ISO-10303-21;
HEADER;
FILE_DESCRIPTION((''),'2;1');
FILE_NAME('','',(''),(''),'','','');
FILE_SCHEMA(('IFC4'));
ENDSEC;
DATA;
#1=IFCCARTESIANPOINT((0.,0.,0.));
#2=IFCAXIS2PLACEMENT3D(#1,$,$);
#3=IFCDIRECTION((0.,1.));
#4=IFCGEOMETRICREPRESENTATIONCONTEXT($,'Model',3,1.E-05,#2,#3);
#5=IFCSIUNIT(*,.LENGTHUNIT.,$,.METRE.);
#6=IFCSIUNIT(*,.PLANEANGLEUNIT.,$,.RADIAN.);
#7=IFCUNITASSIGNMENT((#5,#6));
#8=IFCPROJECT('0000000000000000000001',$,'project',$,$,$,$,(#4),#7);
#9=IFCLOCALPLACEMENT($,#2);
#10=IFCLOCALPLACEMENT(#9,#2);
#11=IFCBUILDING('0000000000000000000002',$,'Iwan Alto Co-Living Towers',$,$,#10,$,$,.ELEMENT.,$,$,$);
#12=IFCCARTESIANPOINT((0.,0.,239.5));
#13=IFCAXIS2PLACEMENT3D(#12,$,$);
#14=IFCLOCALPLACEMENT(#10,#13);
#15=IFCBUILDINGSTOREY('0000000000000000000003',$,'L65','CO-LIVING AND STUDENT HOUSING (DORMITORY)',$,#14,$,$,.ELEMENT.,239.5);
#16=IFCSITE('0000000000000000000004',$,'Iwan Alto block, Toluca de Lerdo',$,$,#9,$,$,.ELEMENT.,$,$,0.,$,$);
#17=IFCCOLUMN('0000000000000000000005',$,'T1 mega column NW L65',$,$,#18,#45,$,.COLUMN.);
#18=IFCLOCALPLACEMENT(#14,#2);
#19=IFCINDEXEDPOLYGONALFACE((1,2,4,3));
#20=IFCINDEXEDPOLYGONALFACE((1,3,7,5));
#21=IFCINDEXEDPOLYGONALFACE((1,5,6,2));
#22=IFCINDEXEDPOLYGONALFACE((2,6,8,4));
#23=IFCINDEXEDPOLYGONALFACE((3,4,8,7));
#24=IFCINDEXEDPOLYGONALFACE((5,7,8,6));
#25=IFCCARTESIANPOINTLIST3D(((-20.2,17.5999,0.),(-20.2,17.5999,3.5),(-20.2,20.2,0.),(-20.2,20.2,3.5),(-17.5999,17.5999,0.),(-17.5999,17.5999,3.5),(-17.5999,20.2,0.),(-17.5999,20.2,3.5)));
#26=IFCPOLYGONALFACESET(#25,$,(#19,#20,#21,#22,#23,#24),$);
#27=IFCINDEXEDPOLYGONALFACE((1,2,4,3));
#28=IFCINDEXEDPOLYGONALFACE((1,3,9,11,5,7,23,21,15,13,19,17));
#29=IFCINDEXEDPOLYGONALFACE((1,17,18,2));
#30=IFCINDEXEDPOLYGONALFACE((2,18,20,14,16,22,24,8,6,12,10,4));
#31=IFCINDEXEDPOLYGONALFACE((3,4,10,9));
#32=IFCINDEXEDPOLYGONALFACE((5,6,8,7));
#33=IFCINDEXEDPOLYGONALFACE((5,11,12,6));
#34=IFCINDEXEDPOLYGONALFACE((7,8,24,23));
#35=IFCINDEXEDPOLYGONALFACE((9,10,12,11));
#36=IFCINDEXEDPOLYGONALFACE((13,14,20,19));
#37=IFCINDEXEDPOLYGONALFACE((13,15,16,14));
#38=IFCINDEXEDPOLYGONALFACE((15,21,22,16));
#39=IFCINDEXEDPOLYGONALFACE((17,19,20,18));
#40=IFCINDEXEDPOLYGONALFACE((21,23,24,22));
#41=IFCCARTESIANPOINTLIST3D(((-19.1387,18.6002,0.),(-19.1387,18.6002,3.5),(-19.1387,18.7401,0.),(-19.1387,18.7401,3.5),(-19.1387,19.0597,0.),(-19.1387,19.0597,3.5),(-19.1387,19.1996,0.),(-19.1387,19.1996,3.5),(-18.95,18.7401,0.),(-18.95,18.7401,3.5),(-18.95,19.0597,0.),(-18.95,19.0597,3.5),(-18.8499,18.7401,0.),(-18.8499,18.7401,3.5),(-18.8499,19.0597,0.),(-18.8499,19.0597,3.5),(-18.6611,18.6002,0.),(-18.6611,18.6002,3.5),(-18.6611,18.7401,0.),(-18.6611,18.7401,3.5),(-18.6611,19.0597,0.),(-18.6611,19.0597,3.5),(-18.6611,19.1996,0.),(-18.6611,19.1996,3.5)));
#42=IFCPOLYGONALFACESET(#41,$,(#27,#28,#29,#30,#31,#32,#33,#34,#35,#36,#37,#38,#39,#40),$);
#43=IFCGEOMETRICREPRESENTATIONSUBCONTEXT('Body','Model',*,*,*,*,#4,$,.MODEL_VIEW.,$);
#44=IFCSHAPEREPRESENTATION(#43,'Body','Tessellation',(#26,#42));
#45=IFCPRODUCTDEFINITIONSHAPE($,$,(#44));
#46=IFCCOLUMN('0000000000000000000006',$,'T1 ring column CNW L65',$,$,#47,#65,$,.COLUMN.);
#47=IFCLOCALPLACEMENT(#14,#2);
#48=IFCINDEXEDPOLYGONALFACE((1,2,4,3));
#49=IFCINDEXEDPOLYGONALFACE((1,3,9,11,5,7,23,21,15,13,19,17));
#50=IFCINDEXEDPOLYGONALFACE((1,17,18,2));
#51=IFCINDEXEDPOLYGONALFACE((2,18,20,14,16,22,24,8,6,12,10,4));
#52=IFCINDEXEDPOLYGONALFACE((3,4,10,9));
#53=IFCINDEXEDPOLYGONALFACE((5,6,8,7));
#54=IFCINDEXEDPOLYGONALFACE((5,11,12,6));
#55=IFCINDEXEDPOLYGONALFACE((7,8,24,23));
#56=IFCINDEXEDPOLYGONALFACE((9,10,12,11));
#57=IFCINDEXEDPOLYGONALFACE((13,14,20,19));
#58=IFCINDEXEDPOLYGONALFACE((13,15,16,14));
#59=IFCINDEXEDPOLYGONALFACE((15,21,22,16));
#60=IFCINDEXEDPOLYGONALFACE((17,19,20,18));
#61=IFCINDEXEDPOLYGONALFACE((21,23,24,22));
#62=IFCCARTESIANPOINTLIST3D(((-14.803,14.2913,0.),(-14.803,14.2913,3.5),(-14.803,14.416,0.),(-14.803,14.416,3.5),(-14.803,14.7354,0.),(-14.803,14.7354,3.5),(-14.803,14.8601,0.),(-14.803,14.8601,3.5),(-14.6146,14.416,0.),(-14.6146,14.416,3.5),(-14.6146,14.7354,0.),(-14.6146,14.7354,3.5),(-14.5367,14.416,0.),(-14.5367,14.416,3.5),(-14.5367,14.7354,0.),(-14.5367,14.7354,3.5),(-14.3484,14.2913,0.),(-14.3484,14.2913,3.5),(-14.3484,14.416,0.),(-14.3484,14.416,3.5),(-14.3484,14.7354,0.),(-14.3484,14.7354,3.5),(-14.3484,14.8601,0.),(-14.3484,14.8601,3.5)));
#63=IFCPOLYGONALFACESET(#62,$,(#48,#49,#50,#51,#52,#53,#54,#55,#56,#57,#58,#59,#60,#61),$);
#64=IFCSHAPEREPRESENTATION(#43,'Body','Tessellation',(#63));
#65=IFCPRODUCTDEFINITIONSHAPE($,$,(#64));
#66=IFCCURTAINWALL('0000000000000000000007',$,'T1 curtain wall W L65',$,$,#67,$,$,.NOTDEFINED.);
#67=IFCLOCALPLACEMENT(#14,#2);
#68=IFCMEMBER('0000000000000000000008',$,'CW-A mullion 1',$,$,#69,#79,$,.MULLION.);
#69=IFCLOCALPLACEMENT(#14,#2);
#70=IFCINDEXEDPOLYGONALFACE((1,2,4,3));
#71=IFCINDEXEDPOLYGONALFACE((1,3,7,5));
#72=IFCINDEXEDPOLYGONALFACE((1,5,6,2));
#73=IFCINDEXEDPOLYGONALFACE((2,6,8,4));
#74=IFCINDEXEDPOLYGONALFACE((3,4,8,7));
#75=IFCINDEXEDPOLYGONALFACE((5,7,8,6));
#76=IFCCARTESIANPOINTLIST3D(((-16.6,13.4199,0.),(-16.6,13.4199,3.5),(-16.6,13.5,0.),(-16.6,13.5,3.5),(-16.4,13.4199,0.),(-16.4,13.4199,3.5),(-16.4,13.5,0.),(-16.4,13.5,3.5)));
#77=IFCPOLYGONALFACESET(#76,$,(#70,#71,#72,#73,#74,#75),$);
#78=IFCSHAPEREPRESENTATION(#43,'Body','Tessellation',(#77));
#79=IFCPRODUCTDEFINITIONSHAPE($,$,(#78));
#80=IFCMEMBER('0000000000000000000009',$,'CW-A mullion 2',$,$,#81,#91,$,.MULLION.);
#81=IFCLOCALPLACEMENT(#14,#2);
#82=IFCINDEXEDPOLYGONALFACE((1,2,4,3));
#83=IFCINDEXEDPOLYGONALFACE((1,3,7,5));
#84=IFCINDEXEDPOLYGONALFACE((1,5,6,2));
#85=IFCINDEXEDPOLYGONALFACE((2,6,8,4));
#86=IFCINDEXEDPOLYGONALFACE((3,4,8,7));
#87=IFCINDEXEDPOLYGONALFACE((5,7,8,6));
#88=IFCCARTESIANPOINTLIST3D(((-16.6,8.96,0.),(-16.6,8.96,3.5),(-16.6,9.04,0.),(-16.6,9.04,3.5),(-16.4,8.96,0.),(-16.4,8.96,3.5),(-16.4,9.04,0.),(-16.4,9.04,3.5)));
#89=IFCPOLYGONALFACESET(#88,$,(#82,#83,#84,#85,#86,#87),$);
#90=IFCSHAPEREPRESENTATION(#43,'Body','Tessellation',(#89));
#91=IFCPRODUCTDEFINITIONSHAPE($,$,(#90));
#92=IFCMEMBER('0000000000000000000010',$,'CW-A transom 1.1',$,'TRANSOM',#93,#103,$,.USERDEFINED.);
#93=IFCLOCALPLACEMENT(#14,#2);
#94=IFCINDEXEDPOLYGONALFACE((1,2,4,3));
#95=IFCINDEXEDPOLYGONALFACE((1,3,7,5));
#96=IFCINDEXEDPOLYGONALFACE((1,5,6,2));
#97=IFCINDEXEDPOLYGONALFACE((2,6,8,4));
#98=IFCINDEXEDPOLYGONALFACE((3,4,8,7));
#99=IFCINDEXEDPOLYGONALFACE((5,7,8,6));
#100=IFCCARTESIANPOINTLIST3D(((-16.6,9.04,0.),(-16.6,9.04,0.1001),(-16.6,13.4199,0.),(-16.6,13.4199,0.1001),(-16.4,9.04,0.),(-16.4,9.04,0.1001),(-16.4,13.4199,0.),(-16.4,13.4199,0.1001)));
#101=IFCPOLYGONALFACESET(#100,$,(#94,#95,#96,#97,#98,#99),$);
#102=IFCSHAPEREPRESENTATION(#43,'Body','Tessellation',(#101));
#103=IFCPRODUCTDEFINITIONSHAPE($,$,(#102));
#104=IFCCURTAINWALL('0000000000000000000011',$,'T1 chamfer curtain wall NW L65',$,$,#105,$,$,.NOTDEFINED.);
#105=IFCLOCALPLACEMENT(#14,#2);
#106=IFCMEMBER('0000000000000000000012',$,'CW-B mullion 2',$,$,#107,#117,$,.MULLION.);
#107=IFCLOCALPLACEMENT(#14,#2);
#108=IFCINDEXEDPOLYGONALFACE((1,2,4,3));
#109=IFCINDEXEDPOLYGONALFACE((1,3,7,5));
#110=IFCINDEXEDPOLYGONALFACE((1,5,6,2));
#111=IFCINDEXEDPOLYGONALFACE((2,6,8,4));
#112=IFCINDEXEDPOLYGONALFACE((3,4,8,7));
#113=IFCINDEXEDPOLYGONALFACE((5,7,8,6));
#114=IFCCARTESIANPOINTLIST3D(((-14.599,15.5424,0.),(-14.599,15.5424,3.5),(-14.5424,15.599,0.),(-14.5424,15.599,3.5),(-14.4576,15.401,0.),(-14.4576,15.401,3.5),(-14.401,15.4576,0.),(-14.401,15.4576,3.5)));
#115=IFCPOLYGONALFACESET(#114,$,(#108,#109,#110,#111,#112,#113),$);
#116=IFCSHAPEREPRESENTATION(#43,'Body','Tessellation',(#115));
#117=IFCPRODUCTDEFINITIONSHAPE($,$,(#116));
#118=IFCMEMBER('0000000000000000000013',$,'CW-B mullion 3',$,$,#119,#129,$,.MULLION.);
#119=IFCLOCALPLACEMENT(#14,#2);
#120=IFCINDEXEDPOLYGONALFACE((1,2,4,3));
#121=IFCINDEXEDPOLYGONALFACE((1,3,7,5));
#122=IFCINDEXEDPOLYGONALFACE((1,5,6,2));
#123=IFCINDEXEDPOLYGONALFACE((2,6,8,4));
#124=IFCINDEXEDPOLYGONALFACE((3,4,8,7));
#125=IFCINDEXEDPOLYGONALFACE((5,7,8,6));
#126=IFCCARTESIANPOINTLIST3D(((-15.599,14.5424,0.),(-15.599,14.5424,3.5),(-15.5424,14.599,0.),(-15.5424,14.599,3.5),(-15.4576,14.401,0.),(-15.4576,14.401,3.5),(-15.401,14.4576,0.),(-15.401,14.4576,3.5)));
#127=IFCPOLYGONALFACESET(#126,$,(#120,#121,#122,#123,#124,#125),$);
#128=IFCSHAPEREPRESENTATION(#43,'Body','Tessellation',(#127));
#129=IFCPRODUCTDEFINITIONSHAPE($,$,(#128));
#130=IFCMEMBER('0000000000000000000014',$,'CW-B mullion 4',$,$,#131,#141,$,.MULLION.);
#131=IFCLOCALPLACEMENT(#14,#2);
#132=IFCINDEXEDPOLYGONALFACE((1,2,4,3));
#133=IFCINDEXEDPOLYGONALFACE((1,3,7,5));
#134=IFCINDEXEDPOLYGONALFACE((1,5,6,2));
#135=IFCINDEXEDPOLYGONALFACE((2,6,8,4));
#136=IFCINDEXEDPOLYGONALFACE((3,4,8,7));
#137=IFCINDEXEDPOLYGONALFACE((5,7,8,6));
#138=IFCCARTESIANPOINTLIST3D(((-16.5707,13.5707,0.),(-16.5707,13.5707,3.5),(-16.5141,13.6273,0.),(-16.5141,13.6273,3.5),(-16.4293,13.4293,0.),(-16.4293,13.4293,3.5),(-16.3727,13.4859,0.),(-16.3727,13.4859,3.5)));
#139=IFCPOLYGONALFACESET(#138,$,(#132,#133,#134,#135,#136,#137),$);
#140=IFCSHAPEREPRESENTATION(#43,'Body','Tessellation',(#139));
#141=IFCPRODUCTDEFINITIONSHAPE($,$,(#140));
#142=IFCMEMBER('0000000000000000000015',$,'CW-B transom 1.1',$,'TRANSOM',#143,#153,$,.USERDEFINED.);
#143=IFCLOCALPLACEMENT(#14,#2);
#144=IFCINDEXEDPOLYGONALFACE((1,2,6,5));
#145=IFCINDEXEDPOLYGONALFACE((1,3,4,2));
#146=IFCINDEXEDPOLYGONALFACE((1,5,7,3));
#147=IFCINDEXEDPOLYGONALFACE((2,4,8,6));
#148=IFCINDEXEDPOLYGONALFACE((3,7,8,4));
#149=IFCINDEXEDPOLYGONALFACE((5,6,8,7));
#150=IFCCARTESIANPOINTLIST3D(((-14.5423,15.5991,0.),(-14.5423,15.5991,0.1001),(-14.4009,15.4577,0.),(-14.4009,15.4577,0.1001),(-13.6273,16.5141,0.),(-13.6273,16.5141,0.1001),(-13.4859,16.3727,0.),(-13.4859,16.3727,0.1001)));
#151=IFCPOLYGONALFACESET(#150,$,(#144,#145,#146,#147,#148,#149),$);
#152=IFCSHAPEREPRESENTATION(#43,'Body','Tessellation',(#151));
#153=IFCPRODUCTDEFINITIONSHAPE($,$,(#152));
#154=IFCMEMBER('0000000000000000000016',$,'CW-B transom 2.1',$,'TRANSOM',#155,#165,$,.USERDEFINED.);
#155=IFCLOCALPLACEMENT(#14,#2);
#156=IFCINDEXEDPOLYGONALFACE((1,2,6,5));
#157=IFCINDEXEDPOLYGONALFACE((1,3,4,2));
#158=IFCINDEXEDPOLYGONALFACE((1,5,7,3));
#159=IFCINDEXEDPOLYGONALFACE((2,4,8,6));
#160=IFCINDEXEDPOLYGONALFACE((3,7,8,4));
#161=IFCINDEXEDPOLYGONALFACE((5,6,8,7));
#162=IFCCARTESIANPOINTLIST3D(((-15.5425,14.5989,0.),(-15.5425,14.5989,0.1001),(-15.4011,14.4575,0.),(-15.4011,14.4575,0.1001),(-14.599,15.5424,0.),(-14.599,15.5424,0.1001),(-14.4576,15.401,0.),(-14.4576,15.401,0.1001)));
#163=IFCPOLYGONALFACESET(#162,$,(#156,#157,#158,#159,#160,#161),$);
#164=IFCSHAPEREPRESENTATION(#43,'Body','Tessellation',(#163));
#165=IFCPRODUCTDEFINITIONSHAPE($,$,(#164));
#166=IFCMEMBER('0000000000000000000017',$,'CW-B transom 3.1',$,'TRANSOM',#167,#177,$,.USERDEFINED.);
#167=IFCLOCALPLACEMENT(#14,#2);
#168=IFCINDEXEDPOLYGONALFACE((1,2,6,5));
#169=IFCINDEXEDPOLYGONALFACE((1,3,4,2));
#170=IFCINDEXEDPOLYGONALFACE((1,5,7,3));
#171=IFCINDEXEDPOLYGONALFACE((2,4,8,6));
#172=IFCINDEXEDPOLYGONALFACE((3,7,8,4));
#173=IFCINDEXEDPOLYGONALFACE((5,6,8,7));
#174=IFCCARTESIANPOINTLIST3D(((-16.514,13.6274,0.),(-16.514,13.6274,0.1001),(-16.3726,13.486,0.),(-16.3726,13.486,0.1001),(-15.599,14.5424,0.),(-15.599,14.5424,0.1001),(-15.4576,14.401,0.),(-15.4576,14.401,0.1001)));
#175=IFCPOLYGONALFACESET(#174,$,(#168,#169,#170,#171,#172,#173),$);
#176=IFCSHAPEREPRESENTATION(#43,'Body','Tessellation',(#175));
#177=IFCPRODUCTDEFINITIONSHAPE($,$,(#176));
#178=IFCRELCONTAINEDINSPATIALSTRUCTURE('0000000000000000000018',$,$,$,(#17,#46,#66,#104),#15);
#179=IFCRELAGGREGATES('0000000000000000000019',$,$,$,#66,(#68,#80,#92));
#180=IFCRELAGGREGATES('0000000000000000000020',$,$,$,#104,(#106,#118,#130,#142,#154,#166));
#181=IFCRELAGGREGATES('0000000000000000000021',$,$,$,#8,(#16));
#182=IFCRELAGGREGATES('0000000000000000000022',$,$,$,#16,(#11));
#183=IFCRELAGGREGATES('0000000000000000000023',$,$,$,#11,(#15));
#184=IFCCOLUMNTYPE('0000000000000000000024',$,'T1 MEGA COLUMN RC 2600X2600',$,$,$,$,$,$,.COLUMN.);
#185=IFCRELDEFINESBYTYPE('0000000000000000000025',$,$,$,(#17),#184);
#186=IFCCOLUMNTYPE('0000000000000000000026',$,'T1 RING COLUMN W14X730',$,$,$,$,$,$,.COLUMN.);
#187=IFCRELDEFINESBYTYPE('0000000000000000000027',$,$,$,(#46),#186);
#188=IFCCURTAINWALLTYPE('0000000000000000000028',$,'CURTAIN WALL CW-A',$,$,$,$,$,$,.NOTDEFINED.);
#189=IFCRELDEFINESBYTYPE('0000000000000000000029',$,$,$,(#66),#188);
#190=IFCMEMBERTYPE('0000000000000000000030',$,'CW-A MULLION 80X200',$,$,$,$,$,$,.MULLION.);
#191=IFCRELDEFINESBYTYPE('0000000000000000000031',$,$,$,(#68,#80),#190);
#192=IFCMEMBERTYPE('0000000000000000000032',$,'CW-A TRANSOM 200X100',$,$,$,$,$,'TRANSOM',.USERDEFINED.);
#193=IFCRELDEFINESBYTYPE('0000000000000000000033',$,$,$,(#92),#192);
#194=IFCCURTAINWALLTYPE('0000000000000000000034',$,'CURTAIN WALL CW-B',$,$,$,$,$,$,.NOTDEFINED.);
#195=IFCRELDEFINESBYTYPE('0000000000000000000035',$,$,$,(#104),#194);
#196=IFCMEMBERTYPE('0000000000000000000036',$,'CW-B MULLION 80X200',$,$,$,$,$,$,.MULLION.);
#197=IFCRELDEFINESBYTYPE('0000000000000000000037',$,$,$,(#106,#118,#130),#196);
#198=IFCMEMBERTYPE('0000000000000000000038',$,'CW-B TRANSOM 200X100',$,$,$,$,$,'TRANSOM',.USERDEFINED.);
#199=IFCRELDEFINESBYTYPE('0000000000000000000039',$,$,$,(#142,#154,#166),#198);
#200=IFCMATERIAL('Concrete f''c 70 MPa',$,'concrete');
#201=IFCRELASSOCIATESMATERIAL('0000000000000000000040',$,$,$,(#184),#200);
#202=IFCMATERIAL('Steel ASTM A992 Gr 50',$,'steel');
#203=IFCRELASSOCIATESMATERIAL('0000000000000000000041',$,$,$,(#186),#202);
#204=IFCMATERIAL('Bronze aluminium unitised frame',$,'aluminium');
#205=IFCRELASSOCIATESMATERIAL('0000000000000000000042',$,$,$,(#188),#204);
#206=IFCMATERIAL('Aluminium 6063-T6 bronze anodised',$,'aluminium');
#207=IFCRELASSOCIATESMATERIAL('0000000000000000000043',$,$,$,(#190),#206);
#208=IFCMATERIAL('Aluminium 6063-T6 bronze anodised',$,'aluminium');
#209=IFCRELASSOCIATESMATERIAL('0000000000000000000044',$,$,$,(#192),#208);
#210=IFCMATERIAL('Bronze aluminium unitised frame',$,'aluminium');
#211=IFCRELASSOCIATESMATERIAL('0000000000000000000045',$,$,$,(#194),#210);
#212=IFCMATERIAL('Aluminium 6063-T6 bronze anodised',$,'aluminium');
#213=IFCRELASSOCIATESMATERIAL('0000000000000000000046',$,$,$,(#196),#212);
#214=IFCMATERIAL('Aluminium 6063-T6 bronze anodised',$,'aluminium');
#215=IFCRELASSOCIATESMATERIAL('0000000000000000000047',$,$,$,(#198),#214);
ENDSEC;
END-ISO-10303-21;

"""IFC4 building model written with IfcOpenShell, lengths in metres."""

from ifc_helpers import new_model, si_unit, direction, frame, origin, origin_2d, place, context, subcontext, project, spatial, rectangle, i_section, extrude, material, material_profile, profile_set, type_object, element, aggregate, save


model = new_model("IFC4")

# Units and contexts
model_context = context("Model", 3, precision=1e-05, world=origin(), true_north=direction((0.0, 1.0)))
body_context = subcontext(model_context, "Body", "Model", "MODEL_VIEW")
ifc_project = project(units=[si_unit("LENGTHUNIT", "METRE"), si_unit("PLANEANGLEUNIT", "RADIAN")], contexts=[model_context])

# Site, building, storey
site_placement = place(None, origin())
site = spatial("IfcSite", under=ifc_project, at=site_placement, Name="Iwan Alto block, Toluca de Lerdo", CompositionType="ELEMENT", RefElevation=0.0)
building_placement = place(site_placement, origin())
building = spatial("IfcBuilding", under=site, at=building_placement, Name="Iwan Alto Co-Living Towers", CompositionType="ELEMENT")
storey_placement = place(building_placement, frame((0.0, 0.0, 239.5)))
storey = spatial("IfcBuildingStorey", under=building, at=storey_placement, Name="L65", Description="CO-LIVING AND STUDENT HOUSING (DORMITORY)", CompositionType="ELEMENT", Elevation=239.5)

# Columns
ifc_material_1 = material(Name="Concrete f'c 70 MPa", Category="concrete")
ifc_material_profile_1 = material_profile(ifc_material_1, rectangle(XDim=2.6001, YDim=2.6001, at=origin_2d()), Name="RC 2600X2600")
ifc_profile_set_1 = profile_set([ifc_material_profile_1], Name="Concrete f'c 70 MPa")
column_type_1 = type_object("IfcColumnType", Name="T1 MEGA COLUMN RC 2600X2600", PredefinedType="COLUMN", material=ifc_profile_set_1)
column_1_placement = place(storey_placement, frame((-18.8999, 18.8999, 0.0), z_axis=(0.0, 0.0, 1.0), x_axis=(1.0, 0.0, 0.0)))
element("IfcColumn", 1, at=column_1_placement, inside=storey, type_object=column_type_1, Name="T1 mega column NW L65", PredefinedType="COLUMN", context=body_context, shape_type="SweptSolid", body=[
    extrude(rectangle(XDim=2.6001, YDim=2.6001, at=origin_2d()), origin(), (0.0, 0.0, 1.0), 3.5),
    extrude(i_section(OverallWidth=0.4775, OverallDepth=0.5994, WebThickness=0.1001, FlangeThickness=0.1399, at=origin_2d()), origin(), (0.0, 0.0, 1.0), 3.5),
])
ifc_material_2 = material(Name="Steel ASTM A992 Gr 50", Category="steel")
ifc_material_profile_2 = material_profile(ifc_material_2, i_section(OverallWidth=0.4546, OverallDepth=0.5688, WebThickness=0.0779, FlangeThickness=0.1248, at=origin_2d()), Name="W14X730")
ifc_profile_set_2 = profile_set([ifc_material_profile_2], Name="Steel ASTM A992 Gr 50")
column_type_2 = type_object("IfcColumnType", Name="T1 RING COLUMN W14X730", PredefinedType="COLUMN", material=ifc_profile_set_2)
column_2_placement = place(storey_placement, frame((-14.5757, 14.5757, 0.0), z_axis=(0.0, 0.0, 1.0), x_axis=(1.0, 0.0, 0.0)))
element("IfcColumn", 2, at=column_2_placement, inside=storey, type_object=column_type_2, Name="T1 ring column CNW L65", PredefinedType="COLUMN", context=body_context, shape_type="SweptSolid", body=[
    extrude(i_section(OverallWidth=0.4546, OverallDepth=0.5688, WebThickness=0.0779, FlangeThickness=0.1248, at=origin_2d()), origin(), (0.0, 0.0, 1.0), 3.5),
])

# Curtain walls, members
ifc_material_3 = material(Name="Bronze aluminium unitised frame", Category="aluminium")
curtain_wall_type_1 = type_object("IfcCurtainWallType", Name="CURTAIN WALL CW-A", PredefinedType="NOTDEFINED", material=ifc_material_3)
curtain_wall_1_placement = place(storey_placement, origin())
curtain_wall_1 = element("IfcCurtainWall", 3, at=curtain_wall_1_placement, inside=storey, type_object=curtain_wall_type_1, Name="T1 curtain wall W L65", PredefinedType="NOTDEFINED")
ifc_material_4 = material(Name="Aluminium 6063-T6 bronze anodised", Category="aluminium")
ifc_material_profile_3 = material_profile(ifc_material_4, rectangle(XDim=0.2, YDim=0.0801, at=origin_2d()), Name="AL 80X200")
ifc_profile_set_3 = profile_set([ifc_material_profile_3], Name="Aluminium 6063-T6 bronze anodised")
member_type_1 = type_object("IfcMemberType", Name="CW-A MULLION 80X200", PredefinedType="MULLION", material=ifc_profile_set_3)
member_1_placement = place(storey_placement, frame((-16.5, 13.46, 0.0), z_axis=(0.0, 0.0, 1.0), x_axis=(1.0, 0.0, 0.0)))
member_1 = element("IfcMember", 4, at=member_1_placement, type_object=member_type_1, Name="CW-A mullion 1", PredefinedType="MULLION", context=body_context, shape_type="SweptSolid", body=[
    extrude(rectangle(XDim=0.2, YDim=0.0801, at=origin_2d()), origin(), (0.0, 0.0, 1.0), 3.5),
])
member_2_placement = place(storey_placement, frame((-16.5, 9.0, 0.0), z_axis=(0.0, 0.0, 1.0), x_axis=(1.0, 0.0, 0.0)))
member_2 = element("IfcMember", 5, at=member_2_placement, type_object=member_type_1, Name="CW-A mullion 2", PredefinedType="MULLION", context=body_context, shape_type="SweptSolid", body=[
    extrude(rectangle(XDim=0.2, YDim=0.0801, at=origin_2d()), origin(), (0.0, 0.0, 1.0), 3.5),
])
ifc_material_5 = material(Name="Aluminium 6063-T6 bronze anodised", Category="aluminium")
ifc_material_profile_4 = material_profile(ifc_material_5, rectangle(XDim=0.2, YDim=0.1001, at=origin_2d()), Name="AL 200X100")
ifc_profile_set_4 = profile_set([ifc_material_profile_4], Name="Aluminium 6063-T6 bronze anodised")
member_type_2 = type_object("IfcMemberType", Name="CW-A TRANSOM 200X100", ElementType="TRANSOM", PredefinedType="USERDEFINED", material=ifc_profile_set_4)
member_3_placement = place(storey_placement, frame((-16.5, 13.4199, 0.05), z_axis=(0.0, -1.0, 0.0), x_axis=(1.0, 0.0, 0.0)))
member_3 = element("IfcMember", 6, at=member_3_placement, type_object=member_type_2, Name="CW-A transom 1.1", ObjectType="TRANSOM", PredefinedType="USERDEFINED", context=body_context, shape_type="SweptSolid", body=[
    extrude(rectangle(XDim=0.2, YDim=0.1001, at=origin_2d()), origin(), (0.0, 0.0, 1.0), 4.3799),
])
ifc_material_6 = material(Name="Bronze aluminium unitised frame", Category="aluminium")
curtain_wall_type_2 = type_object("IfcCurtainWallType", Name="CURTAIN WALL CW-B", PredefinedType="NOTDEFINED", material=ifc_material_6)
curtain_wall_2_placement = place(storey_placement, origin())
curtain_wall_2 = element("IfcCurtainWall", 7, at=curtain_wall_2_placement, inside=storey, type_object=curtain_wall_type_2, Name="T1 chamfer curtain wall NW L65", PredefinedType="NOTDEFINED")
ifc_material_7 = material(Name="Aluminium 6063-T6 bronze anodised", Category="aluminium")
ifc_material_profile_5 = material_profile(ifc_material_7, rectangle(XDim=0.2, YDim=0.0801, at=origin_2d()), Name="AL 80X200")
ifc_profile_set_5 = profile_set([ifc_material_profile_5], Name="Aluminium 6063-T6 bronze anodised")
member_type_3 = type_object("IfcMemberType", Name="CW-B MULLION 80X200", PredefinedType="MULLION", material=ifc_profile_set_5)
member_4_placement = place(storey_placement, frame((-14.5, 15.5, 0.0), z_axis=(0.0, 0.0, 1.0), x_axis=(0.707107, -0.707107, 0.0)))
member_4 = element("IfcMember", 8, at=member_4_placement, type_object=member_type_3, Name="CW-B mullion 2", PredefinedType="MULLION", context=body_context, shape_type="SweptSolid", body=[
    extrude(rectangle(XDim=0.2, YDim=0.0801, at=origin_2d()), origin(), (0.0, 0.0, 1.0), 3.5),
])
member_5_placement = place(storey_placement, frame((-15.5, 14.5, 0.0), z_axis=(0.0, 0.0, 1.0), x_axis=(0.707107, -0.707107, 0.0)))
member_5 = element("IfcMember", 9, at=member_5_placement, type_object=member_type_3, Name="CW-B mullion 3", PredefinedType="MULLION", context=body_context, shape_type="SweptSolid", body=[
    extrude(rectangle(XDim=0.2, YDim=0.0801, at=origin_2d()), origin(), (0.0, 0.0, 1.0), 3.5),
])
member_6_placement = place(storey_placement, frame((-16.4717, 13.5283, 0.0), z_axis=(0.0, 0.0, 1.0), x_axis=(0.707107, -0.707107, 0.0)))
member_6 = element("IfcMember", 10, at=member_6_placement, type_object=member_type_3, Name="CW-B mullion 4", PredefinedType="MULLION", context=body_context, shape_type="SweptSolid", body=[
    extrude(rectangle(XDim=0.2, YDim=0.0801, at=origin_2d()), origin(), (0.0, 0.0, 1.0), 3.5),
])
ifc_material_8 = material(Name="Aluminium 6063-T6 bronze anodised", Category="aluminium")
ifc_material_profile_6 = material_profile(ifc_material_8, rectangle(XDim=0.2, YDim=0.1001, at=origin_2d()), Name="AL 200X100")
ifc_profile_set_6 = profile_set([ifc_material_profile_6], Name="Aluminium 6063-T6 bronze anodised")
member_type_4 = type_object("IfcMemberType", Name="CW-B TRANSOM 200X100", ElementType="TRANSOM", PredefinedType="USERDEFINED", material=ifc_profile_set_6)
member_7_placement = place(storey_placement, frame((-13.5566, 16.4434, 0.05), z_axis=(-0.707107, -0.707107, 0.0), x_axis=(0.707107, -0.707107, 0.0)))
member_7 = element("IfcMember", 11, at=member_7_placement, type_object=member_type_4, Name="CW-B transom 1.1", ObjectType="TRANSOM", PredefinedType="USERDEFINED", context=body_context, shape_type="SweptSolid", body=[
    extrude(rectangle(XDim=0.2, YDim=0.1001, at=origin_2d()), origin(), (0.0, 0.0, 1.0), 1.2939),
])
member_8_placement = place(storey_placement, frame((-14.5283, 15.4717, 0.05), z_axis=(-0.707107, -0.707107, 0.0), x_axis=(0.707107, -0.707107, 0.0)))
member_8 = element("IfcMember", 12, at=member_8_placement, type_object=member_type_4, Name="CW-B transom 2.1", ObjectType="TRANSOM", PredefinedType="USERDEFINED", context=body_context, shape_type="SweptSolid", body=[
    extrude(rectangle(XDim=0.2, YDim=0.1001, at=origin_2d()), origin(), (0.0, 0.0, 1.0), 1.3342),
])
member_9_placement = place(storey_placement, frame((-15.5283, 14.4717, 0.05), z_axis=(-0.707107, -0.707107, 0.0), x_axis=(0.707107, -0.707107, 0.0)))
member_9 = element("IfcMember", 13, at=member_9_placement, type_object=member_type_4, Name="CW-B transom 3.1", ObjectType="TRANSOM", PredefinedType="USERDEFINED", context=body_context, shape_type="SweptSolid", body=[
    extrude(rectangle(XDim=0.2, YDim=0.1001, at=origin_2d()), origin(), (0.0, 0.0, 1.0), 1.2939),
])

aggregate(curtain_wall_1, [member_1, member_2, member_3])
aggregate(curtain_wall_2, [member_4, member_5, member_6, member_7, member_8, member_9])

save(model, "model.ifc")
